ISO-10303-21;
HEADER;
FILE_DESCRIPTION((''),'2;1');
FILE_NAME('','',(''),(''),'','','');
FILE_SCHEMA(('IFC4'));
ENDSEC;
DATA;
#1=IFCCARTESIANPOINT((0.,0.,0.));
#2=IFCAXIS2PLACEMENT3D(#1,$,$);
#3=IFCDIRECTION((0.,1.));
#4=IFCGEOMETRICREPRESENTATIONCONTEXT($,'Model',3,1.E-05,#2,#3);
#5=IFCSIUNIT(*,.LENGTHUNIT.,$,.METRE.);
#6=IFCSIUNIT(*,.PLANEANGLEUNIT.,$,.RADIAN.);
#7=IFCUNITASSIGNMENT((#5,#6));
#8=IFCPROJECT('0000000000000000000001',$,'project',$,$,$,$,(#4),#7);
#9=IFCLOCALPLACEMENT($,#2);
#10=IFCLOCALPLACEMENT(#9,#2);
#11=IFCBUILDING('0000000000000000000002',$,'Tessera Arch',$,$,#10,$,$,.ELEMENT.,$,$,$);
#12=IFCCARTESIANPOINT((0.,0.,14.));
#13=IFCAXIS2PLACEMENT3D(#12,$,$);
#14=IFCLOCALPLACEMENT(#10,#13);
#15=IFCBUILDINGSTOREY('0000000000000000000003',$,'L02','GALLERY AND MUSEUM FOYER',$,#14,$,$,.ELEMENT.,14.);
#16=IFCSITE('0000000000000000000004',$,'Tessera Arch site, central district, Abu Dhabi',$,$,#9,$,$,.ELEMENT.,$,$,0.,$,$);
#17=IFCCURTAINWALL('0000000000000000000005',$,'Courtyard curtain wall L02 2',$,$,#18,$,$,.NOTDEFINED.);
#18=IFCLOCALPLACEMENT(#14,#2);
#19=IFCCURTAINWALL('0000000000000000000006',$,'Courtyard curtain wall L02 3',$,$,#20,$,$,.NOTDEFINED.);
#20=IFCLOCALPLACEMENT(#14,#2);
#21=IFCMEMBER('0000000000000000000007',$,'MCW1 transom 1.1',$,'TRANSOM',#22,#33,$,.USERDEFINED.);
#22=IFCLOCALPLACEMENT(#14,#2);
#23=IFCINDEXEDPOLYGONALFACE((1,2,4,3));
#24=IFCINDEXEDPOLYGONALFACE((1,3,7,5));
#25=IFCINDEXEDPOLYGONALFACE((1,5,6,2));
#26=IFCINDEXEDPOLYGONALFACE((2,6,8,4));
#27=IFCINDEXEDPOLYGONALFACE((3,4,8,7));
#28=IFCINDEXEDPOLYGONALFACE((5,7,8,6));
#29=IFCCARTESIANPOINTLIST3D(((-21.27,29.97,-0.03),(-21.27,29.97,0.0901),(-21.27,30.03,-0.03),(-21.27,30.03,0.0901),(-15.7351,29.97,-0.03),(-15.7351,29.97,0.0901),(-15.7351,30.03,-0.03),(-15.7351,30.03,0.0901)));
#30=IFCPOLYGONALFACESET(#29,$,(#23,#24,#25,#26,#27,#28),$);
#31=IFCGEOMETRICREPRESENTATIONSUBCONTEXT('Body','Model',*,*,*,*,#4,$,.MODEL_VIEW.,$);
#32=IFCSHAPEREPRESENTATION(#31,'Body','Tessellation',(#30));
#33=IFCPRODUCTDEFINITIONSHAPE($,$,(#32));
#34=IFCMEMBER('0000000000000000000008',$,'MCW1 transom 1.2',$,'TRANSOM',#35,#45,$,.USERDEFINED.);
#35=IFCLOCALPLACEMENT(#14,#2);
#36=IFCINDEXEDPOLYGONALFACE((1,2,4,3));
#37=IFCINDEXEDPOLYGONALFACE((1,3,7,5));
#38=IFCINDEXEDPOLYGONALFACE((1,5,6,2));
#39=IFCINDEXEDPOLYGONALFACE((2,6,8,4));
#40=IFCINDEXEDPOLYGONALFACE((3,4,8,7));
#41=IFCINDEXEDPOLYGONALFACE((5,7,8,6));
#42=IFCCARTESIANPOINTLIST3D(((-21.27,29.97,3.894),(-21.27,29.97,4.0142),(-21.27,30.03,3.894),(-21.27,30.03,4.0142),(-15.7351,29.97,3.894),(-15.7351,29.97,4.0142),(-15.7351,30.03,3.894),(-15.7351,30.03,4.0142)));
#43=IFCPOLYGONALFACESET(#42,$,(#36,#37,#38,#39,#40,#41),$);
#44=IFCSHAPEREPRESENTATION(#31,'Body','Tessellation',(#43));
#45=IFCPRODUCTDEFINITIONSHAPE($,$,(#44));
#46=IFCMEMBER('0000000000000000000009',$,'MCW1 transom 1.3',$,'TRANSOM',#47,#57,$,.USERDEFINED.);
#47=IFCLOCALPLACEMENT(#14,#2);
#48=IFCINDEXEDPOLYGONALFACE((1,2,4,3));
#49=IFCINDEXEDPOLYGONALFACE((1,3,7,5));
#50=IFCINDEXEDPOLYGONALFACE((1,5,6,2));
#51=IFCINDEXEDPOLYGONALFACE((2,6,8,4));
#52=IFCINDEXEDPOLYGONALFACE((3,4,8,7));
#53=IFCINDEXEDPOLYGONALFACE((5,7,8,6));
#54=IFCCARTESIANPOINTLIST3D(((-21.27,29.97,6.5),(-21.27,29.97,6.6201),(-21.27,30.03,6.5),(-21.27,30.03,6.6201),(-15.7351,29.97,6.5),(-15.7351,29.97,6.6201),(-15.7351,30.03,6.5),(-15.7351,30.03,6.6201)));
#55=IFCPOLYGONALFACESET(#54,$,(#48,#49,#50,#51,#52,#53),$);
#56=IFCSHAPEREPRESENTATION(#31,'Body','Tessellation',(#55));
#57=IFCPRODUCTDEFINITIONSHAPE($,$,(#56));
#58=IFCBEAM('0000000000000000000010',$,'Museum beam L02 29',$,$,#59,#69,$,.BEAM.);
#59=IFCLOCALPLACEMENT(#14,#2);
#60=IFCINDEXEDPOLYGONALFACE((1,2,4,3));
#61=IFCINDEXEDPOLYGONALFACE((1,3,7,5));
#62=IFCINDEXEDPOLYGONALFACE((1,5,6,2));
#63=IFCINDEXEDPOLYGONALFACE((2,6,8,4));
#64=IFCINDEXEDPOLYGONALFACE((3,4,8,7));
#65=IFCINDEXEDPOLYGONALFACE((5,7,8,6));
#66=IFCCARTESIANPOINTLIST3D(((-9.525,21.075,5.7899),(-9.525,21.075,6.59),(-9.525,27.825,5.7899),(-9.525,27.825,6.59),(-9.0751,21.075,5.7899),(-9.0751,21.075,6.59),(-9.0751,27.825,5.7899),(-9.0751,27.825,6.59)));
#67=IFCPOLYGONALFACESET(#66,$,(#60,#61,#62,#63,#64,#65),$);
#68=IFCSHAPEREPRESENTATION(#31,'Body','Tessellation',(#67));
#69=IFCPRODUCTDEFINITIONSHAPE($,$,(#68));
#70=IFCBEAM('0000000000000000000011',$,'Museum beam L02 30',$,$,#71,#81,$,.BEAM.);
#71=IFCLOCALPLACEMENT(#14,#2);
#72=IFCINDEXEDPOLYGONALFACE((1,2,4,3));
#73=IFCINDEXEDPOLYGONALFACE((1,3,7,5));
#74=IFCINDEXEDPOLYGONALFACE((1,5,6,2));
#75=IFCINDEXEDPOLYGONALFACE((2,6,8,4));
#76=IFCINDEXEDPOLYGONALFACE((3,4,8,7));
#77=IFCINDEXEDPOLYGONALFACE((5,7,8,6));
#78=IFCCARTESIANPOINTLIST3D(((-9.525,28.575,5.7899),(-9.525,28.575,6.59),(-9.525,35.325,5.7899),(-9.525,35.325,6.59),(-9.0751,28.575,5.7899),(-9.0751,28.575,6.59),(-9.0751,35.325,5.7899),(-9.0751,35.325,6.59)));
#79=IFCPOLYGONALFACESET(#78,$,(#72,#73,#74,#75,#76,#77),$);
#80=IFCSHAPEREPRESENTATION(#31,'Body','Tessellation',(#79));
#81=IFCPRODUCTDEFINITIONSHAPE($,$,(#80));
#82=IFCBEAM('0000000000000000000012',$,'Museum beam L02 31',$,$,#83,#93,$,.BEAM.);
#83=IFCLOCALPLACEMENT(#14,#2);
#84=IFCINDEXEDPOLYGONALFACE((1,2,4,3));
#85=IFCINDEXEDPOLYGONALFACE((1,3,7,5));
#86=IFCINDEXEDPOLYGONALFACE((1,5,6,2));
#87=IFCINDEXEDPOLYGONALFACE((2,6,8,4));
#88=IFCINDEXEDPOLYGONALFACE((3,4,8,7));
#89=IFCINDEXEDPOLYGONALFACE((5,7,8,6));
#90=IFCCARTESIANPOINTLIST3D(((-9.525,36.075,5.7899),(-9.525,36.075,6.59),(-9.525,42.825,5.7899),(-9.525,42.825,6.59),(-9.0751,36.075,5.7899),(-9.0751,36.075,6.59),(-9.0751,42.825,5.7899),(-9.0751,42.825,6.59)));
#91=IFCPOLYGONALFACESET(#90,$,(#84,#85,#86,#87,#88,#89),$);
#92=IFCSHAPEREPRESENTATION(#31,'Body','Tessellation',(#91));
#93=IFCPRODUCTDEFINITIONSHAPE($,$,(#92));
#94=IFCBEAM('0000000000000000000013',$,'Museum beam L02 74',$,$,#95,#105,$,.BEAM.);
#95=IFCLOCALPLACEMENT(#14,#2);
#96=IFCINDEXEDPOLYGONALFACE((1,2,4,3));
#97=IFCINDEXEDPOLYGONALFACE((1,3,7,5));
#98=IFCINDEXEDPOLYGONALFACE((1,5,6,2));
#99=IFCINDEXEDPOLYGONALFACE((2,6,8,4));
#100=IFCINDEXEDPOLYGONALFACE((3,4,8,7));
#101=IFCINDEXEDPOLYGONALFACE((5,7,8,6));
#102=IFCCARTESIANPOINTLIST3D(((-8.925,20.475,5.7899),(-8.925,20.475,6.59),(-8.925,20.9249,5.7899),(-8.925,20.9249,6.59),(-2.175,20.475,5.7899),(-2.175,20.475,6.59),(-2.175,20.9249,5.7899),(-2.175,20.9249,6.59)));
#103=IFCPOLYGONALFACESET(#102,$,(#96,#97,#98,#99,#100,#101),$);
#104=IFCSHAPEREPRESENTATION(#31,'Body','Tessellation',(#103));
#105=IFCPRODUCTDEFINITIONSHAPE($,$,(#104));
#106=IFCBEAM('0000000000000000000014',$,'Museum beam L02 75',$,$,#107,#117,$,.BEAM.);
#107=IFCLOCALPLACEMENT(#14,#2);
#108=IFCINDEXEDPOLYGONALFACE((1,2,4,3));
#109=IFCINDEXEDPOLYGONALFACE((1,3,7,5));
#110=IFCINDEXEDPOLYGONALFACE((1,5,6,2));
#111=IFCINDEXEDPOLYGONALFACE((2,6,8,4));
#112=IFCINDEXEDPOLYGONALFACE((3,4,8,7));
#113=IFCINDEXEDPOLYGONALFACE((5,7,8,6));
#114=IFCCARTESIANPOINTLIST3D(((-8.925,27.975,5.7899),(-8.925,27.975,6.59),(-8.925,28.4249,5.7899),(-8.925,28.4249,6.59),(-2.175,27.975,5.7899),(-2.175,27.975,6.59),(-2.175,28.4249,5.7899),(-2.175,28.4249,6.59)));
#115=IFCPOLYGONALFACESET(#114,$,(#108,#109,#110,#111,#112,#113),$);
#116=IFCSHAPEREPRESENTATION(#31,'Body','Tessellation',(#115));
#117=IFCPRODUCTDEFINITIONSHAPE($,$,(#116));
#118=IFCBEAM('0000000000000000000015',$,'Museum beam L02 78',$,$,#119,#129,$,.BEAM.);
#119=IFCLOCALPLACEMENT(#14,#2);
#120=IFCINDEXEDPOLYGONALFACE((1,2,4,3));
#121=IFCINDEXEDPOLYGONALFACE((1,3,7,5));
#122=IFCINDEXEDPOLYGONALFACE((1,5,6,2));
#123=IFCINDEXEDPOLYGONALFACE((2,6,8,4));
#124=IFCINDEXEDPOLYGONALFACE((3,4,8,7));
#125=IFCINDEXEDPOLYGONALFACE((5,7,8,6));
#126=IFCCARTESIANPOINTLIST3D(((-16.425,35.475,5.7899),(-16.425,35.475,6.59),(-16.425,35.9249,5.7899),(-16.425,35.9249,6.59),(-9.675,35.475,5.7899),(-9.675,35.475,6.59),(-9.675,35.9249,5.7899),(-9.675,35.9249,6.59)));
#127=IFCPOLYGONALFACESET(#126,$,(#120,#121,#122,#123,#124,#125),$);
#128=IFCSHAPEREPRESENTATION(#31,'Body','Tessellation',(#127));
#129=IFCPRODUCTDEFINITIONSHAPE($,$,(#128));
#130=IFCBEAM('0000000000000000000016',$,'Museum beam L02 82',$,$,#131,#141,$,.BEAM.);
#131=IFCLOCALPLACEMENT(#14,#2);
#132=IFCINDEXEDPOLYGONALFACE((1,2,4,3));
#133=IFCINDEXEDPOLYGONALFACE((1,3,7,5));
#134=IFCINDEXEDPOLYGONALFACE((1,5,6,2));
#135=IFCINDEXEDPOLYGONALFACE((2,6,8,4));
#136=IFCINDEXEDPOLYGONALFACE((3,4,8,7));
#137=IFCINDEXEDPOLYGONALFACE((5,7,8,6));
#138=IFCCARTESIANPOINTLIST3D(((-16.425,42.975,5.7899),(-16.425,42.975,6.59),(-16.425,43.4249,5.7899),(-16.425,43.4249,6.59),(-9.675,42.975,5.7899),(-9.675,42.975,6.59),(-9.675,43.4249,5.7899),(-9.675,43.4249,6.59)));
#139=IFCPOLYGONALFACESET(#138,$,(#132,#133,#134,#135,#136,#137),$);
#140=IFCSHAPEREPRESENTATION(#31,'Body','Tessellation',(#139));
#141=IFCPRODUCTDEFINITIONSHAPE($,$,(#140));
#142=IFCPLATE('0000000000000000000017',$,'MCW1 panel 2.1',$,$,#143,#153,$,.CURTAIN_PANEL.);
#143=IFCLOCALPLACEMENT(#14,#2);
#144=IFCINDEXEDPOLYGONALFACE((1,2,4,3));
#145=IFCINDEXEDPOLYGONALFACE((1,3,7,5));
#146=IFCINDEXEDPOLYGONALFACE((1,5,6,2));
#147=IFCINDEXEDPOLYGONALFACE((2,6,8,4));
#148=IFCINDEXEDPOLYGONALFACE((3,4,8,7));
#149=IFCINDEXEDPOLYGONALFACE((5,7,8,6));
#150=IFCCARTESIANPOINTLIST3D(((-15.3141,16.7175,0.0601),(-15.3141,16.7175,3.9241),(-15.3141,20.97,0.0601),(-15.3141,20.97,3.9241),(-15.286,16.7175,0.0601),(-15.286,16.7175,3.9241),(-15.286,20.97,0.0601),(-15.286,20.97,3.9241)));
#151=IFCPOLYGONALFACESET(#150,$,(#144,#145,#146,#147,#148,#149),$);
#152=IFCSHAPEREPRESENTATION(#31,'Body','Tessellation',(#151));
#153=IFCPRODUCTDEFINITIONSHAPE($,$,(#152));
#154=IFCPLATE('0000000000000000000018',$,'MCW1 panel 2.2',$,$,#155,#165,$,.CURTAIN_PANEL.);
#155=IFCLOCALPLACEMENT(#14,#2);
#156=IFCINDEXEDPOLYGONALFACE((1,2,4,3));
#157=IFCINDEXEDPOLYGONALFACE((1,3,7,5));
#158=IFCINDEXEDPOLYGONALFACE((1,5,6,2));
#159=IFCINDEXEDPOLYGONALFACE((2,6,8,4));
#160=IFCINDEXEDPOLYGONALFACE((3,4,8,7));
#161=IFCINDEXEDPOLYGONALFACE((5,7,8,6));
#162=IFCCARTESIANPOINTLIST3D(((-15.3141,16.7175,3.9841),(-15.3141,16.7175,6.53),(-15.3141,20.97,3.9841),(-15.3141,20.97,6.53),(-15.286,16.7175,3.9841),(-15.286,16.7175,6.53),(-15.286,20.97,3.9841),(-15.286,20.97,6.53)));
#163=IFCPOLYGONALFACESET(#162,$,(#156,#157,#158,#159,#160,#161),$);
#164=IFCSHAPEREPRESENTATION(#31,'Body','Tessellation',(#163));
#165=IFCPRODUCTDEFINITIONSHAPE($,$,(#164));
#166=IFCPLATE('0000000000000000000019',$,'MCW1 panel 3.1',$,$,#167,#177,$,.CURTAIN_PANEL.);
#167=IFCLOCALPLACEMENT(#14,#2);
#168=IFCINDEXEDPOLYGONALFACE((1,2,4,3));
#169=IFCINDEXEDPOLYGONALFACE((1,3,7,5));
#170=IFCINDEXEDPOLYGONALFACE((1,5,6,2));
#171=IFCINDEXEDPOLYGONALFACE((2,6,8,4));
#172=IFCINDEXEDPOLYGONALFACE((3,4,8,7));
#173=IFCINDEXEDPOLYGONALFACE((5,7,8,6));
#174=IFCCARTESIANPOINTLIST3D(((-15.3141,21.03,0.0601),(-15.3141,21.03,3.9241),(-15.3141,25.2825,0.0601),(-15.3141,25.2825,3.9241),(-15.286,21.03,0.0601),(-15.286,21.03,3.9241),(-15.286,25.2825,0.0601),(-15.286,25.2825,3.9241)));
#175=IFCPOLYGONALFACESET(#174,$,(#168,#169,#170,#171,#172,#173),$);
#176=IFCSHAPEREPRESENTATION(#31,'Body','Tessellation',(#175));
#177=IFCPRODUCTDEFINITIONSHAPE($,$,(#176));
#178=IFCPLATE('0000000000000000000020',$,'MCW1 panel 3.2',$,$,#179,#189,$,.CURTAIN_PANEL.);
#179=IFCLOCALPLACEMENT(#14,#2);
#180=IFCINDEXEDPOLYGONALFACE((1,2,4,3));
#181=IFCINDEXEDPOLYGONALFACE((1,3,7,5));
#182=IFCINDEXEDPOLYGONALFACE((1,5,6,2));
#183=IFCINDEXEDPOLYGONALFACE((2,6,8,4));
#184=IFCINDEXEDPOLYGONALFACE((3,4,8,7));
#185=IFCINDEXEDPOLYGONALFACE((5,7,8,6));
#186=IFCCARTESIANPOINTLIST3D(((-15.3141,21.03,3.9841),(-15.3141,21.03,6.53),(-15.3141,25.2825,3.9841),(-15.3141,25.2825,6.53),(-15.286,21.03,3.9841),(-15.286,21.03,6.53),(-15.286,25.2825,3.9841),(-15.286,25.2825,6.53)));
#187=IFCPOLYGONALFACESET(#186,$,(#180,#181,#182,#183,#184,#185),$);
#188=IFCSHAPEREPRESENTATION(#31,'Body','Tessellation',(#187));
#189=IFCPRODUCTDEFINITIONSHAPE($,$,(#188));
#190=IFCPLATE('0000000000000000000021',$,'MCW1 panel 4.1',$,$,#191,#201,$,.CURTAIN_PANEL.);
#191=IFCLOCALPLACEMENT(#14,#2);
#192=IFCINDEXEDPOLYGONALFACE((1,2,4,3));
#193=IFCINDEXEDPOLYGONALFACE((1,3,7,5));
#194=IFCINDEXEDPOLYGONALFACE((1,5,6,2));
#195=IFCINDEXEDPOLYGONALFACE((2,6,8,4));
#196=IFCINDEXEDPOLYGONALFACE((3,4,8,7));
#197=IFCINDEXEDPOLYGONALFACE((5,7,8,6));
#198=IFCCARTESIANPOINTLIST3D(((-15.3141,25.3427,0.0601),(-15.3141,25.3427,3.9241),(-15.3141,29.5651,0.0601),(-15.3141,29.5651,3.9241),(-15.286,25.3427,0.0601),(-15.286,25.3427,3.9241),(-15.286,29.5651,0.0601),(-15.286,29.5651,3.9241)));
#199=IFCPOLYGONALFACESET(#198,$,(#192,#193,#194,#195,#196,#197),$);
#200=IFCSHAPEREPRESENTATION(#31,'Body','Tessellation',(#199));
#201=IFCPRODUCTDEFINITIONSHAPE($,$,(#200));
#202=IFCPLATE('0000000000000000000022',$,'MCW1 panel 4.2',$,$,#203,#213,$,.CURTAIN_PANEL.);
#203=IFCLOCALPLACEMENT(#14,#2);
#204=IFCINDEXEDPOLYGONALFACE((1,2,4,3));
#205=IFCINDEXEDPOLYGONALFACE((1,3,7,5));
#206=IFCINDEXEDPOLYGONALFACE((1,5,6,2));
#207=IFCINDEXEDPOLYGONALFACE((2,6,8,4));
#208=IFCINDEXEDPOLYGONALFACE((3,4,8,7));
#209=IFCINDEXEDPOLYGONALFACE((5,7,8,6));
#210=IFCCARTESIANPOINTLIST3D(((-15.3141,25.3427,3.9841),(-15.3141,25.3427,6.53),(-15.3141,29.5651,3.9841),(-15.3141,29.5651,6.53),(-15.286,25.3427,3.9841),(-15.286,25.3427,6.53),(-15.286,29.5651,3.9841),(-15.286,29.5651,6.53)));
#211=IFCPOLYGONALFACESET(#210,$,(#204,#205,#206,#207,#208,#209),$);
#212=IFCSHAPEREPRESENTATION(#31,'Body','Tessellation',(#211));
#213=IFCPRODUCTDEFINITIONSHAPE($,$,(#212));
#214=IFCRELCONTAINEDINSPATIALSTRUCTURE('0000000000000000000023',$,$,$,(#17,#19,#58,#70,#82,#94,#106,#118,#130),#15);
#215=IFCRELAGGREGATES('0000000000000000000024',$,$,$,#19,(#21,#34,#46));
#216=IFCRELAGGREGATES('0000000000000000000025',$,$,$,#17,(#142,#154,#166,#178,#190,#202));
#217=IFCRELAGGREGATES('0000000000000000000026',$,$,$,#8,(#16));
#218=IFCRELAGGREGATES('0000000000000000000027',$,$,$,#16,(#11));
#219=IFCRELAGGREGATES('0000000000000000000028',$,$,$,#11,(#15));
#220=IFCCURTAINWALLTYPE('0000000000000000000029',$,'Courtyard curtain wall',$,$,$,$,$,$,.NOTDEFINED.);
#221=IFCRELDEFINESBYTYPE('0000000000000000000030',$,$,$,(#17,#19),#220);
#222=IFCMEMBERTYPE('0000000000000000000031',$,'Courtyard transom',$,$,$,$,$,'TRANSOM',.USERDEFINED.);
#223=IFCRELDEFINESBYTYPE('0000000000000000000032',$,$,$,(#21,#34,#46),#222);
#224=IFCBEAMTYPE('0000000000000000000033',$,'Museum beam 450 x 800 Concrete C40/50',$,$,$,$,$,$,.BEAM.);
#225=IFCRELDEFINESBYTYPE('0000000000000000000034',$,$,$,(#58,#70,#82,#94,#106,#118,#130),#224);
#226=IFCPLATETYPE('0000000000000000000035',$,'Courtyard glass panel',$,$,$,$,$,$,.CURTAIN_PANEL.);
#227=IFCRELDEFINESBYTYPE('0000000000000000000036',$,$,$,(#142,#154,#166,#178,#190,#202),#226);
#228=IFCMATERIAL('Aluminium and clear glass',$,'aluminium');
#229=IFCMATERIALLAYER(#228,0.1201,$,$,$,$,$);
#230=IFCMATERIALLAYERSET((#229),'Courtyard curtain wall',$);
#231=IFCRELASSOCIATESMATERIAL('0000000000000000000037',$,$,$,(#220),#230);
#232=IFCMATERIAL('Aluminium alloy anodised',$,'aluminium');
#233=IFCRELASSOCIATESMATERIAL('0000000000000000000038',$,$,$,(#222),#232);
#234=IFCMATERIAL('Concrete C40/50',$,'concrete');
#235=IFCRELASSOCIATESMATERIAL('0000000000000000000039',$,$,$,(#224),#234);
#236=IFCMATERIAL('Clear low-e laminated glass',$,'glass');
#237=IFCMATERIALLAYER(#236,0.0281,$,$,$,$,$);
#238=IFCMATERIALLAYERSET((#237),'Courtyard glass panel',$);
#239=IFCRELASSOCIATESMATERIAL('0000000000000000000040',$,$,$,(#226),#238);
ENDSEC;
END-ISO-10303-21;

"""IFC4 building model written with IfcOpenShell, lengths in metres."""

from ifc_helpers import new_model, si_unit, direction, frame, origin, origin_2d, place, context, subcontext, project, spatial, rectangle, extrude, material, layer, layer_set, material_profile, profile_set, type_object, element, aggregate, save


model = new_model("IFC4")

# Units and contexts
model_context = context("Model", 3, precision=1e-05, world=origin(), true_north=direction((0.0, 1.0)))
body_context = subcontext(model_context, "Body", "Model", "MODEL_VIEW")
ifc_project = project(units=[si_unit("LENGTHUNIT", "METRE"), si_unit("PLANEANGLEUNIT", "RADIAN")], contexts=[model_context])

# Site, building, storey
site_placement = place(None, origin())
site = spatial("IfcSite", under=ifc_project, at=site_placement, Name="Tessera Arch site, central district, Abu Dhabi", CompositionType="ELEMENT", RefElevation=0.0)
building_placement = place(site_placement, origin())
building = spatial("IfcBuilding", under=site, at=building_placement, Name="Tessera Arch", CompositionType="ELEMENT")
storey_placement = place(building_placement, frame((0.0, 0.0, 14.0)))
storey = spatial("IfcBuildingStorey", under=building, at=storey_placement, Name="L02", Description="GALLERY AND MUSEUM FOYER", CompositionType="ELEMENT", Elevation=14.0)

# Curtain wall
ifc_material_1 = material(Name="Aluminium and clear glass", Category="aluminium")
ifc_layer_1 = layer(ifc_material_1, 0.1201)
ifc_layer_set_1 = layer_set([ifc_layer_1], Name="Courtyard curtain wall")
curtain_wall_type = type_object("IfcCurtainWallType", Name="Courtyard curtain wall", PredefinedType="NOTDEFINED", material=ifc_layer_set_1)
curtain_wall_1_placement = place(storey_placement, origin())
curtain_wall_1 = element("IfcCurtainWall", 1, at=curtain_wall_1_placement, inside=storey, type_object=curtain_wall_type, Name="Courtyard curtain wall L02 2", PredefinedType="NOTDEFINED")

# Curtain wall
curtain_wall_2_placement = place(storey_placement, origin())
curtain_wall_2 = element("IfcCurtainWall", 2, at=curtain_wall_2_placement, inside=storey, type_object=curtain_wall_type, Name="Courtyard curtain wall L02 3", PredefinedType="NOTDEFINED")

# Members
ifc_material_2 = material(Name="Aluminium alloy anodised", Category="aluminium")
ifc_material_profile_1 = material_profile(ifc_material_2, rectangle(XDim=0.0601, YDim=0.1201, at=origin_2d()), Name="Courtyard transom")
ifc_profile_set_1 = profile_set([ifc_material_profile_1], Name="Aluminium alloy anodised")
member_type_1 = type_object("IfcMemberType", Name="Courtyard transom", ElementType="TRANSOM", PredefinedType="USERDEFINED", material=ifc_profile_set_1)
member_1_placement = place(storey_placement, frame((-15.7351, 30.0, 0.03), z_axis=(-1.0, 0.0, 0.0), x_axis=(0.0, -1.0, 0.0)))
member_1 = element("IfcMember", 3, at=member_1_placement, type_object=member_type_1, Name="MCW1 transom 1.1", ObjectType="TRANSOM", PredefinedType="USERDEFINED", context=body_context, shape_type="SweptSolid", body=[
    extrude(rectangle(XDim=0.0601, YDim=0.1201, at=origin_2d()), origin(), (0.0, 0.0, 1.0), 5.5349),
])
member_2_placement = place(storey_placement, frame((-15.7351, 30.0, 3.9541), z_axis=(-1.0, 0.0, 0.0), x_axis=(0.0, -1.0, 0.0)))
member_2 = element("IfcMember", 4, at=member_2_placement, type_object=member_type_1, Name="MCW1 transom 1.2", ObjectType="TRANSOM", PredefinedType="USERDEFINED", context=body_context, shape_type="SweptSolid", body=[
    extrude(rectangle(XDim=0.0601, YDim=0.1201, at=origin_2d()), origin(), (0.0, 0.0, 1.0), 5.5349),
])
member_3_placement = place(storey_placement, frame((-15.7351, 30.0, 6.5601), z_axis=(-1.0, 0.0, 0.0), x_axis=(0.0, -1.0, 0.0)))
member_3 = element("IfcMember", 5, at=member_3_placement, type_object=member_type_1, Name="MCW1 transom 1.3", ObjectType="TRANSOM", PredefinedType="USERDEFINED", context=body_context, shape_type="SweptSolid", body=[
    extrude(rectangle(XDim=0.0601, YDim=0.1201, at=origin_2d()), origin(), (0.0, 0.0, 1.0), 5.5349),
])
aggregate(curtain_wall_2, [member_1, member_2, member_3])

# Beams
ifc_material_3 = material(Name="Concrete C40/50", Category="concrete")
ifc_material_profile_2 = material_profile(ifc_material_3, rectangle(XDim=0.45, YDim=0.8, at=origin_2d()), Name="Museum beam 450 x 800 Concrete C40/50")
ifc_profile_set_2 = profile_set([ifc_material_profile_2], Name="Concrete C40/50")
beam_type = type_object("IfcBeamType", Name="Museum beam 450 x 800 Concrete C40/50", PredefinedType="BEAM", material=ifc_profile_set_2)
for number, where, z_axis, x_axis, name in (
    (6, (-9.3, 21.075, 6.1899), (0.0, 1.0, 0.0), (-1.0, 0.0, 0.0), "Museum beam L02 29"),
    (7, (-9.3, 28.575, 6.1899), (0.0, 1.0, 0.0), (-1.0, 0.0, 0.0), "Museum beam L02 30"),
    (8, (-9.3, 36.075, 6.1899), (0.0, 1.0, 0.0), (-1.0, 0.0, 0.0), "Museum beam L02 31"),
    (9, (-8.925, 20.7, 6.1899), (1.0, 0.0, 0.0), (0.0, 1.0, 0.0), "Museum beam L02 74"),
    (10, (-8.925, 28.2, 6.1899), (1.0, 0.0, 0.0), (0.0, 1.0, 0.0), "Museum beam L02 75"),
    (11, (-16.425, 35.7, 6.1899), (1.0, 0.0, 0.0), (0.0, 1.0, 0.0), "Museum beam L02 78"),
    (12, (-16.425, 43.2, 6.1899), (1.0, 0.0, 0.0), (0.0, 1.0, 0.0), "Museum beam L02 82"),
):
    element("IfcBeam", number, at=place(storey_placement, frame(where, z_axis=z_axis, x_axis=x_axis)), inside=storey, type_object=beam_type, Name=name, PredefinedType="BEAM", context=body_context, shape_type="SweptSolid", body=[
        extrude(rectangle(XDim=0.45, YDim=0.8, at=origin_2d()), origin(), (0.0, 0.0, 1.0), 6.75),
    ])

# Plates
ifc_material_4 = material(Name="Clear low-e laminated glass", Category="glass")
ifc_layer_2 = layer(ifc_material_4, 0.0281)
ifc_layer_set_2 = layer_set([ifc_layer_2], Name="Courtyard glass panel")
plate_type = type_object("IfcPlateType", Name="Courtyard glass panel", PredefinedType="CURTAIN_PANEL", material=ifc_layer_set_2)
plate_1_placement = place(storey_placement, frame((-15.3, 18.8438, 0.0601), z_axis=(0.0, 0.0, 1.0), x_axis=(0.0, 1.0, 0.0)))
plate_1 = element("IfcPlate", 13, at=plate_1_placement, type_object=plate_type, Name="MCW1 panel 2.1", PredefinedType="CURTAIN_PANEL", context=body_context, shape_type="SweptSolid", body=[
    extrude(rectangle(XDim=4.2524, YDim=0.0281, at=origin_2d()), origin(), (0.0, 0.0, 1.0), 3.864),
])
plate_2_placement = place(storey_placement, frame((-15.3, 18.8438, 3.9841), z_axis=(0.0, 0.0, 1.0), x_axis=(0.0, 1.0, 0.0)))
plate_2 = element("IfcPlate", 14, at=plate_2_placement, type_object=plate_type, Name="MCW1 panel 2.2", PredefinedType="CURTAIN_PANEL", context=body_context, shape_type="SweptSolid", body=[
    extrude(rectangle(XDim=4.2524, YDim=0.0281, at=origin_2d()), origin(), (0.0, 0.0, 1.0), 2.5459),
])
plate_3_placement = place(storey_placement, frame((-15.3, 23.1562, 0.0601), z_axis=(0.0, 0.0, 1.0), x_axis=(0.0, 1.0, 0.0)))
plate_3 = element("IfcPlate", 15, at=plate_3_placement, type_object=plate_type, Name="MCW1 panel 3.1", PredefinedType="CURTAIN_PANEL", context=body_context, shape_type="SweptSolid", body=[
    extrude(rectangle(XDim=4.2524, YDim=0.0281, at=origin_2d()), origin(), (0.0, 0.0, 1.0), 3.864),
])
plate_4_placement = place(storey_placement, frame((-15.3, 23.1562, 3.9841), z_axis=(0.0, 0.0, 1.0), x_axis=(0.0, 1.0, 0.0)))
plate_4 = element("IfcPlate", 16, at=plate_4_placement, type_object=plate_type, Name="MCW1 panel 3.2", PredefinedType="CURTAIN_PANEL", context=body_context, shape_type="SweptSolid", body=[
    extrude(rectangle(XDim=4.2524, YDim=0.0281, at=origin_2d()), origin(), (0.0, 0.0, 1.0), 2.5459),
])
plate_5_placement = place(storey_placement, frame((-15.3, 27.4539, 0.0601), z_axis=(0.0, 0.0, 1.0), x_axis=(0.0, 1.0, 0.0)))
plate_5 = element("IfcPlate", 17, at=plate_5_placement, type_object=plate_type, Name="MCW1 panel 4.1", PredefinedType="CURTAIN_PANEL", context=body_context, shape_type="SweptSolid", body=[
    extrude(rectangle(XDim=4.2224, YDim=0.0281, at=origin_2d()), origin(), (0.0, 0.0, 1.0), 3.864),
])
plate_6_placement = place(storey_placement, frame((-15.3, 27.4539, 3.9841), z_axis=(0.0, 0.0, 1.0), x_axis=(0.0, 1.0, 0.0)))
plate_6 = element("IfcPlate", 18, at=plate_6_placement, type_object=plate_type, Name="MCW1 panel 4.2", PredefinedType="CURTAIN_PANEL", context=body_context, shape_type="SweptSolid", body=[
    extrude(rectangle(XDim=4.2224, YDim=0.0281, at=origin_2d()), origin(), (0.0, 0.0, 1.0), 2.5459),
])
aggregate(curtain_wall_1, [plate_1, plate_2, plate_3, plate_4, plate_5, plate_6])

save(model, "model.ifc")
